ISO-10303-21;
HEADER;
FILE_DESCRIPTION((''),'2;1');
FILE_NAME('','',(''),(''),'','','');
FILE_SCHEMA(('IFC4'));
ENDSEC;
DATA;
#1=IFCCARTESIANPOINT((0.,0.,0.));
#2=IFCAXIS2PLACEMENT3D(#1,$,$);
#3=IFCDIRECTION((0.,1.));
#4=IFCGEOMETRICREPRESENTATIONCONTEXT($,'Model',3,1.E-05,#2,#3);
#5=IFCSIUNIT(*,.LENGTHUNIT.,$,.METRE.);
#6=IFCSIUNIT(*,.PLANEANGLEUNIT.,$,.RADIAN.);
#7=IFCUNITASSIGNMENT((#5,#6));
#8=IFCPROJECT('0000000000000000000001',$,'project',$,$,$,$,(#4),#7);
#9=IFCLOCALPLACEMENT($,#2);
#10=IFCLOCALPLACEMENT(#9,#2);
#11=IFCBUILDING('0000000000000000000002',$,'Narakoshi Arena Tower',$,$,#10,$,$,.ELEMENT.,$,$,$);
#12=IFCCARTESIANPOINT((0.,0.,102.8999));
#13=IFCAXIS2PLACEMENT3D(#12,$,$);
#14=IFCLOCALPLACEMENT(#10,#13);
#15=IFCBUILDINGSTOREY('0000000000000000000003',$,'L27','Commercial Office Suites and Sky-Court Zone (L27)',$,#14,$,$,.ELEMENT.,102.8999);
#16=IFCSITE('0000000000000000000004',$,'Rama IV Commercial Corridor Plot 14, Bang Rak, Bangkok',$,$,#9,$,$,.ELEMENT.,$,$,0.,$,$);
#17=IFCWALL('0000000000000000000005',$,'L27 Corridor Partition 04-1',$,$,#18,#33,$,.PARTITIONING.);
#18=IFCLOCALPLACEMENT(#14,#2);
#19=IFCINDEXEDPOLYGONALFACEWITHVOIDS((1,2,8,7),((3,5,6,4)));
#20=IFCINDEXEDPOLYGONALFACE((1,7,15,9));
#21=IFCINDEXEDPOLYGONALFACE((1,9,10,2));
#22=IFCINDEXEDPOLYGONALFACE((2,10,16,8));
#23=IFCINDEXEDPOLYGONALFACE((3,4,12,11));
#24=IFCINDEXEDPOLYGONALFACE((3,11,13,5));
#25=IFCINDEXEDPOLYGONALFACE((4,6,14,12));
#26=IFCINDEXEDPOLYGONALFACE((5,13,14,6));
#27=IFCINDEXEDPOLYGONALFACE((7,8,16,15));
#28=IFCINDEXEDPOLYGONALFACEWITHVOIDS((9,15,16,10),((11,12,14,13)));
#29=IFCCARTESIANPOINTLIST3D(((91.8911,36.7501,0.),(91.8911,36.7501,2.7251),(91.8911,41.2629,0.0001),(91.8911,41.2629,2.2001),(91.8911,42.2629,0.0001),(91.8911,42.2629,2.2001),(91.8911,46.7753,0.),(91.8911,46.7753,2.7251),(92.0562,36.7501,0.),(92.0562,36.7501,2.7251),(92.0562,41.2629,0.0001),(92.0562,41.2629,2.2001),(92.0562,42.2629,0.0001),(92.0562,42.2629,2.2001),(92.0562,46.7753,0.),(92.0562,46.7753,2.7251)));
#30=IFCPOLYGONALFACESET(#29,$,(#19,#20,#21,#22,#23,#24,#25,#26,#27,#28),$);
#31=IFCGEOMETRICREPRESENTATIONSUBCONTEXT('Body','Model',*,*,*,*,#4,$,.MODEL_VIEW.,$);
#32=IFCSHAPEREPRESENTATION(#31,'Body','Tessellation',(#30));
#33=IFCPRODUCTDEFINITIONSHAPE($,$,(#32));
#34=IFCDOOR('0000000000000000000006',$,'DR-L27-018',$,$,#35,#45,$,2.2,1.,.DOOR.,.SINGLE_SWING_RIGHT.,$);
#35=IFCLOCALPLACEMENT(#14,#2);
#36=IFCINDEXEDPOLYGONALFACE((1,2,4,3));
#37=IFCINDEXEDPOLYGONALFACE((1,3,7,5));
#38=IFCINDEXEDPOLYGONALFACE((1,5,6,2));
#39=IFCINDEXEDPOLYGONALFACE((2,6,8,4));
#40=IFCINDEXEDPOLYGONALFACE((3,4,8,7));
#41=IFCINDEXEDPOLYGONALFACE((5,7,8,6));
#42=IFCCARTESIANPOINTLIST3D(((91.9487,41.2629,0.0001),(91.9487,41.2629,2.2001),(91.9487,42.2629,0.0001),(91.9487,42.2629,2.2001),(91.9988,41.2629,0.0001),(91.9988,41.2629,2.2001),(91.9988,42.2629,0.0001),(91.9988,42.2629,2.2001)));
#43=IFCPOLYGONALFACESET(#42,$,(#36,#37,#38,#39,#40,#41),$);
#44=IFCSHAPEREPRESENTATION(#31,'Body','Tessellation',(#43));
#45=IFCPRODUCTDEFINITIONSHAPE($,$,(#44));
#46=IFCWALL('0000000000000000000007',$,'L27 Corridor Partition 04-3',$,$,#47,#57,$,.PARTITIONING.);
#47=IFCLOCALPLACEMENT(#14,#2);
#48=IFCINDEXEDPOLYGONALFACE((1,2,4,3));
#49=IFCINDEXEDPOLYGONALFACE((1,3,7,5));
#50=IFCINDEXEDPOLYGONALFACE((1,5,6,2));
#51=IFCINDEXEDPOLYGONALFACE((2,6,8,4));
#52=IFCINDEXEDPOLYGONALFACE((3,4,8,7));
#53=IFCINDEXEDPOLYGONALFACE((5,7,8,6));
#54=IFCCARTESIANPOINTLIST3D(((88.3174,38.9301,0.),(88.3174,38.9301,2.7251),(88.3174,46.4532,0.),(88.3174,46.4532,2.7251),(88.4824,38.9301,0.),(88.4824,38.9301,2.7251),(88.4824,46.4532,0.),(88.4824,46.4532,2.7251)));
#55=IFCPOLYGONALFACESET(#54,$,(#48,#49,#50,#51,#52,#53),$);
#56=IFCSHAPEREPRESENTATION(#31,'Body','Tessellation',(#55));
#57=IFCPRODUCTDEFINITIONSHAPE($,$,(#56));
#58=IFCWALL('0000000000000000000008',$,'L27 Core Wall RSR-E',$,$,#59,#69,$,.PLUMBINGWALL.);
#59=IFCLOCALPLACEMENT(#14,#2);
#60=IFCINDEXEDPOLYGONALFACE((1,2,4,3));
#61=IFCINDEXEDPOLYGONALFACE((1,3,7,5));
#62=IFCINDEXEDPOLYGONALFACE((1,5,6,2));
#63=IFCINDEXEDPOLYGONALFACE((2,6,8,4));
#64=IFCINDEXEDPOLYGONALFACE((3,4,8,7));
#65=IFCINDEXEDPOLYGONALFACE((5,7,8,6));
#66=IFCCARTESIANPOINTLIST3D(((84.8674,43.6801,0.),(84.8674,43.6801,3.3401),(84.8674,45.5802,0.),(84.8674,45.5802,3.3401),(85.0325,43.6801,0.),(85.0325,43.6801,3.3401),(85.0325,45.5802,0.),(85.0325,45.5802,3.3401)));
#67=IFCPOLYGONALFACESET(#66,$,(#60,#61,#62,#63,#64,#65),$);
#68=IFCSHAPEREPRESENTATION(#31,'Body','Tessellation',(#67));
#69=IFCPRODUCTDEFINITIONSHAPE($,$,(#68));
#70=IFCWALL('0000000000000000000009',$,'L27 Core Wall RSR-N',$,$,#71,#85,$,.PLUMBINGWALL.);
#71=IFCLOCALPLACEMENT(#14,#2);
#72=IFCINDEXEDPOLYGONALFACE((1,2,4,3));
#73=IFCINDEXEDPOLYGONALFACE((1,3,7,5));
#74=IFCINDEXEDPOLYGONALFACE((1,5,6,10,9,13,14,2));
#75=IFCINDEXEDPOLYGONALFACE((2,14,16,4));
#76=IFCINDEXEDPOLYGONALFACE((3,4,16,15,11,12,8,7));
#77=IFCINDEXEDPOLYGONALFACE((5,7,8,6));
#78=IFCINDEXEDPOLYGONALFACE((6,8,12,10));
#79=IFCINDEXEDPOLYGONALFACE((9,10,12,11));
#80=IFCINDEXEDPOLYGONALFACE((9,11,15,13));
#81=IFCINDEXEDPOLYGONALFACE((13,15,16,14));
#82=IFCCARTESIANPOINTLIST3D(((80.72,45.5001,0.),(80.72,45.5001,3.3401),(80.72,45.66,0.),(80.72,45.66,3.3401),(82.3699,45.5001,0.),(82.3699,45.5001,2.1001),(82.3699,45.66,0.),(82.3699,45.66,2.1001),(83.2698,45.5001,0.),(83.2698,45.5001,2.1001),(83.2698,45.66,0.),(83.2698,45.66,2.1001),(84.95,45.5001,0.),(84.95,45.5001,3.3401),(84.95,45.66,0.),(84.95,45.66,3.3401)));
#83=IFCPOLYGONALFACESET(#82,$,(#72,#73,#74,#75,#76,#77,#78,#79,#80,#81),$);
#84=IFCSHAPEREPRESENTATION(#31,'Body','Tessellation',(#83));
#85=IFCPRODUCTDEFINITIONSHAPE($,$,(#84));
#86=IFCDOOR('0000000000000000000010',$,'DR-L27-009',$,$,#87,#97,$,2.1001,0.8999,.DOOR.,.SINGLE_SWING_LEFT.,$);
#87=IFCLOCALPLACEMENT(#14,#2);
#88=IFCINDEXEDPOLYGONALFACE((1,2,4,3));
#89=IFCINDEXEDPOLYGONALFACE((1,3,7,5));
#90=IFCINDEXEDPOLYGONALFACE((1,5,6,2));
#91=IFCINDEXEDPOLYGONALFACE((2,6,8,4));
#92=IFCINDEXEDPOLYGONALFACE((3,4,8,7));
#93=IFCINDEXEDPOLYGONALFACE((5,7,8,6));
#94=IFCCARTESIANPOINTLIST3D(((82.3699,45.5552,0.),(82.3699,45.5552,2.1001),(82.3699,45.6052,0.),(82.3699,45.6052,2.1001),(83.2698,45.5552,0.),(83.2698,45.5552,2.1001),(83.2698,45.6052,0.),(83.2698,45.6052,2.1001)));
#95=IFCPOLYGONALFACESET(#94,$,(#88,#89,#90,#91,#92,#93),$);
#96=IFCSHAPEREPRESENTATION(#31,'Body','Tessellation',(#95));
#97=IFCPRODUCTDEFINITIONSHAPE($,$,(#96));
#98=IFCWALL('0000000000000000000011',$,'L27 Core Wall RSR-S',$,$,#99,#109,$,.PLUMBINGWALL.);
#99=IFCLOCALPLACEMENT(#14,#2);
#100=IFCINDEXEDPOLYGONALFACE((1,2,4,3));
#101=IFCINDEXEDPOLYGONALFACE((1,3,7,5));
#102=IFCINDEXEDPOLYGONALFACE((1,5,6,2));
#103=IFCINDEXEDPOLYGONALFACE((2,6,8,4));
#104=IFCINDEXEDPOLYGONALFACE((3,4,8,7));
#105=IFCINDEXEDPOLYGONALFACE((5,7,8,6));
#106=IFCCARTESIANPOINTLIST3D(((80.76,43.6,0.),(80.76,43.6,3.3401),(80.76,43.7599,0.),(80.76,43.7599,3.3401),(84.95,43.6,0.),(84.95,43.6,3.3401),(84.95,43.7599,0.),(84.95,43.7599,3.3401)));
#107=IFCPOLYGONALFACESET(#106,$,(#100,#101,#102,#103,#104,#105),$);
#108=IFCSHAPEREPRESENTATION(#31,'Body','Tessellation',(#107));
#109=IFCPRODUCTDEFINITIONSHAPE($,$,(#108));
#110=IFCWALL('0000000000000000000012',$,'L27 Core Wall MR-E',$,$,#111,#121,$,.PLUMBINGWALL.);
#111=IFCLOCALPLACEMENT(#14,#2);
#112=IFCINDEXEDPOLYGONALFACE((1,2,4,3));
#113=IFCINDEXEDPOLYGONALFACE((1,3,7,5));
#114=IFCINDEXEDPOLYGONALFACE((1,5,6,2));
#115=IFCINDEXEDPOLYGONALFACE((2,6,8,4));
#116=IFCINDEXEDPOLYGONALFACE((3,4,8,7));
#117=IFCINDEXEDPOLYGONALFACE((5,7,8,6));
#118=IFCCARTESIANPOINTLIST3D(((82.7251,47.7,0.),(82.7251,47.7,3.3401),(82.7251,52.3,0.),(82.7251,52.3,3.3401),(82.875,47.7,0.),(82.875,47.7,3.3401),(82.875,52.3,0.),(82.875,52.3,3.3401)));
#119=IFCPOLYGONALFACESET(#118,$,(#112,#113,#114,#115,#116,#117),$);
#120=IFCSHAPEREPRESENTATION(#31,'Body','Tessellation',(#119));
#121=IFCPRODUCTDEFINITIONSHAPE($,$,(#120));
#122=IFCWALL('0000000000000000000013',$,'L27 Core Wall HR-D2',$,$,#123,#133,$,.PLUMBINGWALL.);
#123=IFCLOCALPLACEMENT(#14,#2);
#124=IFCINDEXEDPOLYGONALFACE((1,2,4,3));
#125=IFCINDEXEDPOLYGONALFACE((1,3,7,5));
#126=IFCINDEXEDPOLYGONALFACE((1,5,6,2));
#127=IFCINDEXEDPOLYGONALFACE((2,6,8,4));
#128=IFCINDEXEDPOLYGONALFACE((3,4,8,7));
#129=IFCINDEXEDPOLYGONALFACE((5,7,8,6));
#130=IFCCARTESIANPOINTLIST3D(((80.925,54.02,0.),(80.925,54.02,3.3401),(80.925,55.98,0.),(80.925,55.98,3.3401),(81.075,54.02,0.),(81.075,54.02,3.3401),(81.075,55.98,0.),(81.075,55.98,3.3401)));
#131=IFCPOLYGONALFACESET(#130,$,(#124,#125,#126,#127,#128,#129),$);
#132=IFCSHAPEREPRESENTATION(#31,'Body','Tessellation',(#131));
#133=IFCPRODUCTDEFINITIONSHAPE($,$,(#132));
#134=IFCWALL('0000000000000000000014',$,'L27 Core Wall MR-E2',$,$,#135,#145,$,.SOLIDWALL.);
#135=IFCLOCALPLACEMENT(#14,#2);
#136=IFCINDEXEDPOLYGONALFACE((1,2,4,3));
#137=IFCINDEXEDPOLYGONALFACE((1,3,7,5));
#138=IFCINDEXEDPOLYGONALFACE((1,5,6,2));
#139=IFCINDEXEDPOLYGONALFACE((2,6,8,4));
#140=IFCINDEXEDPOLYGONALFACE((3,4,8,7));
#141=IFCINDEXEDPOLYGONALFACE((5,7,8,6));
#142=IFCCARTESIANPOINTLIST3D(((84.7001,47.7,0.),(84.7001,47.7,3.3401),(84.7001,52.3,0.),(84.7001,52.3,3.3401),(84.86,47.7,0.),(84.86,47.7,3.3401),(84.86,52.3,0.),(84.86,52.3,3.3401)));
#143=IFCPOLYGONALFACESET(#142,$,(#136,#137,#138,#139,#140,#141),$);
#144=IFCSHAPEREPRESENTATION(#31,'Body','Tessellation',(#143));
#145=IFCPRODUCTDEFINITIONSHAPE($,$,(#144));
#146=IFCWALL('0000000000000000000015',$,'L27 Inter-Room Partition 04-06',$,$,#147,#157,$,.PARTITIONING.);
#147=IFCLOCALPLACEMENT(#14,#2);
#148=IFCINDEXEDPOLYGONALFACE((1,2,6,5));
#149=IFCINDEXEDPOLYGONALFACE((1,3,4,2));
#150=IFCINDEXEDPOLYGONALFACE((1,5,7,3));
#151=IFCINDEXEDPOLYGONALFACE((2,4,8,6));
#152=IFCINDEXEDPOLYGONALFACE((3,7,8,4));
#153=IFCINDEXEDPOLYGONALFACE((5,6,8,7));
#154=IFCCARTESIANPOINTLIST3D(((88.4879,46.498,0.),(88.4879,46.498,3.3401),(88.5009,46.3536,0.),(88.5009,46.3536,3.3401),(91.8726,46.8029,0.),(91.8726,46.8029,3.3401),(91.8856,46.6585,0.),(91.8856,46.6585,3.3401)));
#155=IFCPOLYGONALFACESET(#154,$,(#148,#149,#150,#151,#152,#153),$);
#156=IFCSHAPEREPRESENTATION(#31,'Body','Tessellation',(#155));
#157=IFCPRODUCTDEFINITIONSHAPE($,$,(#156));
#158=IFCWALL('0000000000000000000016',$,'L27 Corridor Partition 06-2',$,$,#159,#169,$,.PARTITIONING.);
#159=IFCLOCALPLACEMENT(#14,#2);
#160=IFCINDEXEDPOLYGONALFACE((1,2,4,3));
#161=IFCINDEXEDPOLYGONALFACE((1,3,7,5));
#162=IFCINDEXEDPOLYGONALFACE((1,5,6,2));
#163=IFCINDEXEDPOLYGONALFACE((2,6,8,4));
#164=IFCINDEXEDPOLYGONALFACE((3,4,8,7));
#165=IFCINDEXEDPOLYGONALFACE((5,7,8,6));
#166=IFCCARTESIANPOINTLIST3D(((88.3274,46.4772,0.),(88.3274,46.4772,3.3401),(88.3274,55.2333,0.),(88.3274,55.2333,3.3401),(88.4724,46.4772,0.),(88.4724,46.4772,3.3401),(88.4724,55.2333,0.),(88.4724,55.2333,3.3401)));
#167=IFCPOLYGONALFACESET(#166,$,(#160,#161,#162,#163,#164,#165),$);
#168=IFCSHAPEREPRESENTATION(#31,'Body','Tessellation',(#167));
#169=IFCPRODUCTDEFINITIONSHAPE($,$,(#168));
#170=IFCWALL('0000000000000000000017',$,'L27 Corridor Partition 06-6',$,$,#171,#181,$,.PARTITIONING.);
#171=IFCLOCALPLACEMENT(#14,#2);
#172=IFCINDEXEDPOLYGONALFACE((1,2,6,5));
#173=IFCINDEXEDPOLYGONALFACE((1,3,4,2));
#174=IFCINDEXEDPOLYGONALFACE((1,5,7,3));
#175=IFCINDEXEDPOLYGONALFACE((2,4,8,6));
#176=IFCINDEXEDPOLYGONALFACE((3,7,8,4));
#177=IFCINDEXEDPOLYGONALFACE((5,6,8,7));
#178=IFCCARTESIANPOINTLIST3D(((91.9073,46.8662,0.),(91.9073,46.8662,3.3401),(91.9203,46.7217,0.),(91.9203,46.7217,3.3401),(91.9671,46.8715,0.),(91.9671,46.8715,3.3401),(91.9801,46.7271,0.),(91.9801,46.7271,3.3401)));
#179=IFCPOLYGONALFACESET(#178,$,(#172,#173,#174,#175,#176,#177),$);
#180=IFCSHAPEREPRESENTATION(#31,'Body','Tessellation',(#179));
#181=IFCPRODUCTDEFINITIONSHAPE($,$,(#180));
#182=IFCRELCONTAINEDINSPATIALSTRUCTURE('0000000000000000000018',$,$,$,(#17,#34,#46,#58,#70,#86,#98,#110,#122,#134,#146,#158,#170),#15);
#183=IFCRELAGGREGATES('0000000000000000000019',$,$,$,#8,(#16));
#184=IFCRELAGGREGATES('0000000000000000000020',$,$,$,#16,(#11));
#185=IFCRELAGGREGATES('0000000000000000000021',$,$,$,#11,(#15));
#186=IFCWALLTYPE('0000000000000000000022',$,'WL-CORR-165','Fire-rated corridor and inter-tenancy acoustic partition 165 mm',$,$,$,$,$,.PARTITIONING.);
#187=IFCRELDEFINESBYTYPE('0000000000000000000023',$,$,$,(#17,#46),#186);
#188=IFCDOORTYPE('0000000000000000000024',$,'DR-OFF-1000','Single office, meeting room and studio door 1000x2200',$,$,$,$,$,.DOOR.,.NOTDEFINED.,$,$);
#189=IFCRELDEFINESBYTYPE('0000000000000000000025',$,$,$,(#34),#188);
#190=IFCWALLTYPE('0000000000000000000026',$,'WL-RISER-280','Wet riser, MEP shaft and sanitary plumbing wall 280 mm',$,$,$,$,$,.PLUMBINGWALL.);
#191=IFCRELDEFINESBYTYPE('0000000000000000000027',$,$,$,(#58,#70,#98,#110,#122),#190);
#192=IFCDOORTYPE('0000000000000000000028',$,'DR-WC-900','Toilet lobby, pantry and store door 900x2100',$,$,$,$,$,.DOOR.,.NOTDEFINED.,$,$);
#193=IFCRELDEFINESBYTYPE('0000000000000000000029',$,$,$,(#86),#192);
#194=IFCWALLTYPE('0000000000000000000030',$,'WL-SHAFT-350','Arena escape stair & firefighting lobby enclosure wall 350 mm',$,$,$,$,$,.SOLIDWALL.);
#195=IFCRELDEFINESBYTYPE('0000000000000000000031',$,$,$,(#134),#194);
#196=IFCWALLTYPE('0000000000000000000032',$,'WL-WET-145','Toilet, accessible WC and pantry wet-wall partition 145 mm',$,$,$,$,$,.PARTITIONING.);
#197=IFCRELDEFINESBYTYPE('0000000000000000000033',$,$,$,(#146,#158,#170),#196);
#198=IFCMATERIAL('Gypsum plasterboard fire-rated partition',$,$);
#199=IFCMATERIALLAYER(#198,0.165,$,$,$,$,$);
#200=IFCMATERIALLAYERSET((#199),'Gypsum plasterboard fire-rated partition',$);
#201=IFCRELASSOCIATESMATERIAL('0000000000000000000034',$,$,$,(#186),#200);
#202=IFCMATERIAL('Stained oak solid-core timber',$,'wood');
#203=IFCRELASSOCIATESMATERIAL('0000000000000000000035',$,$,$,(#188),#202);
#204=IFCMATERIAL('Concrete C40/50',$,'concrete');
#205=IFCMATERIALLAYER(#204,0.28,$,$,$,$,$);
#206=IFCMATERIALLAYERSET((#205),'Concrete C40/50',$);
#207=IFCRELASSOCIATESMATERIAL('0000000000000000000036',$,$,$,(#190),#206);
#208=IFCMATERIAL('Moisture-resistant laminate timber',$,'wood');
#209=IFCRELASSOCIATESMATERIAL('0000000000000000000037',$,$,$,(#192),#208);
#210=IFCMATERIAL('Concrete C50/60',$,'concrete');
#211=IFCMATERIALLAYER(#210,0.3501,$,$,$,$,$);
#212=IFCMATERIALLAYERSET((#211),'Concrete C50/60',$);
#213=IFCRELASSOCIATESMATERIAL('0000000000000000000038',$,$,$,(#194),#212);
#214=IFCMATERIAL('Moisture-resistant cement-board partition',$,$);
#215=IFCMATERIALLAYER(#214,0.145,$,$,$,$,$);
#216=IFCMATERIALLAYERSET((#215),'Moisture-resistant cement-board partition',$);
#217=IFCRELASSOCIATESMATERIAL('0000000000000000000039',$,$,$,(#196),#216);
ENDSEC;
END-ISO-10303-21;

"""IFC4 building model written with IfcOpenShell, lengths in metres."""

from ifc_helpers import new_model, si_unit, direction, frame, frame_2d, origin, place, context, subcontext, project, spatial, rectangle, extrude, material, layer, layer_set, type_object, element, fill, save


model = new_model("IFC4")

# Units and contexts
model_context = context("Model", 3, precision=1e-05, world=origin(), true_north=direction((0.0, 1.0)))
body_context = subcontext(model_context, "Body", "Model", "MODEL_VIEW")
ifc_project = project(units=[si_unit("LENGTHUNIT", "METRE"), si_unit("PLANEANGLEUNIT", "RADIAN")], contexts=[model_context])

# Site, building, storey
site_placement = place(None, origin())
site = spatial("IfcSite", under=ifc_project, at=site_placement, Name="Rama IV Commercial Corridor Plot 14, Bang Rak, Bangkok", CompositionType="ELEMENT", RefElevation=0.0)
building_placement = place(site_placement, origin())
building = spatial("IfcBuilding", under=site, at=building_placement, Name="Narakoshi Arena Tower", CompositionType="ELEMENT")
storey_placement = place(building_placement, frame((0.0, 0.0, 102.8999)))
storey = spatial("IfcBuildingStorey", under=building, at=storey_placement, Name="L27", Description="Commercial Office Suites and Sky-Court Zone (L27)", CompositionType="ELEMENT", Elevation=102.8999)

# Wall, opening, door
ifc_material_1 = material(Name="Gypsum plasterboard fire-rated partition")
ifc_layer_1 = layer(ifc_material_1, 0.165)
ifc_layer_set_1 = layer_set([ifc_layer_1], Name="Gypsum plasterboard fire-rated partition")
wall_type_1 = type_object("IfcWallType", Name="WL-CORR-165", Description="Fire-rated corridor and inter-tenancy acoustic partition 165 mm", PredefinedType="PARTITIONING", material=ifc_layer_set_1)
ifc_material_2 = material(Name="Stained oak solid-core timber", Category="wood")
door_type_1 = type_object("IfcDoorType", Name="DR-OFF-1000", Description="Single office, meeting room and studio door 1000x2200", OperationType="NOTDEFINED", PredefinedType="DOOR", material=ifc_material_2)
wall_1_placement = place(storey_placement, frame((91.9736, 46.7754, 0.0), z_axis=(0.0, 0.0, 1.0), x_axis=(0.0, -1.0, 0.0)))
wall_1 = element("IfcWall", 1, at=wall_1_placement, inside=storey, type_object=wall_type_1, Name="L27 Corridor Partition 04-1", PredefinedType="PARTITIONING", context=body_context, shape_type="SweptSolid", body=[
    extrude(rectangle(XDim=10.0251, YDim=0.165, at=frame_2d((5.0127, 0.0))), origin(), (0.0, 0.0, 1.0), 2.7251),
])
opening_1_placement = place(wall_1_placement, frame((4.5125, 0.0, 0.0)))
opening_1 = element("IfcOpeningElement", 2, at=opening_1_placement, cuts=wall_1, PredefinedType="OPENING", context=body_context, shape_type="SweptSolid", body=[
    extrude(rectangle(XDim=1.0, YDim=2.2, at=frame_2d((0.5, 1.1001))), frame((0.0, 0.0925, 0.0), z_axis=(0.0, -1.0, 0.0), x_axis=(1.0, 0.0, 0.0)), (0.0, 0.0, 1.0), 0.1851),
])
door_1_placement = place(opening_1_placement, frame((1.0, 0.0, 0.0), z_axis=(0.0, 0.0, 1.0), x_axis=(-1.0, 0.0, 0.0)))
door_1 = element("IfcDoor", 3, at=door_1_placement, inside=storey, type_object=door_type_1, Name="DR-L27-018", OperationType="SINGLE_SWING_RIGHT", OverallHeight=2.2, OverallWidth=1.0, PredefinedType="DOOR", context=body_context, shape_type="SweptSolid", body=[
    extrude(rectangle(XDim=1.0, YDim=2.2, at=frame_2d((0.5, 1.1001))), frame((0.0, 0.0249, 0.0), z_axis=(0.0, -1.0, 0.0), x_axis=(1.0, 0.0, 0.0)), (0.0, 0.0, 1.0), 0.05),
])
fill(opening_1, door_1)

# Walls
wall_2_placement = place(storey_placement, frame((88.3999, 38.9299, 0.0), z_axis=(0.0, 0.0, 1.0), x_axis=(0.0, 1.0, 0.0)))
element("IfcWall", 4, at=wall_2_placement, inside=storey, type_object=wall_type_1, Name="L27 Corridor Partition 04-3", PredefinedType="PARTITIONING", context=body_context, shape_type="SweptSolid", body=[
    extrude(rectangle(XDim=7.5232, YDim=0.165, at=frame_2d((3.7617, 0.0))), origin(), (0.0, 0.0, 1.0), 2.7251),
])
ifc_material_3 = material(Name="Concrete C40/50", Category="concrete")
ifc_layer_2 = layer(ifc_material_3, 0.28)
ifc_layer_set_2 = layer_set([ifc_layer_2], Name="Concrete C40/50")
wall_type_2 = type_object("IfcWallType", Name="WL-RISER-280", Description="Wet riser, MEP shaft and sanitary plumbing wall 280 mm", PredefinedType="PLUMBINGWALL", material=ifc_layer_set_2)
wall_3_placement = place(storey_placement, frame((84.95, 43.6799, 0.0), z_axis=(0.0, 0.0, 1.0), x_axis=(0.0, 1.0, 0.0)))
element("IfcWall", 5, at=wall_3_placement, inside=storey, type_object=wall_type_2, Name="L27 Core Wall RSR-E", PredefinedType="PLUMBINGWALL", context=body_context, shape_type="SweptSolid", body=[
    extrude(rectangle(XDim=1.9001, YDim=0.165, at=frame_2d((0.9502, 0.0))), origin(), (0.0, 0.0, 1.0), 3.3401),
])

# Wall, opening, door
wall_4_placement = place(storey_placement, frame((80.72, 45.5801, 0.0), z_axis=(0.0, 0.0, 1.0), x_axis=(1.0, 0.0, 0.0)))
wall_4 = element("IfcWall", 6, at=wall_4_placement, inside=storey, type_object=wall_type_2, Name="L27 Core Wall RSR-N", PredefinedType="PLUMBINGWALL", context=body_context, shape_type="SweptSolid", body=[
    extrude(rectangle(XDim=4.23, YDim=0.1599, at=frame_2d((2.115, 0.0))), origin(), (0.0, 0.0, 1.0), 3.3401),
])
opening_2_placement = place(wall_4_placement, frame((1.6499, 0.0, 0.0)))
opening_2 = element("IfcOpeningElement", 7, at=opening_2_placement, cuts=wall_4, PredefinedType="OPENING", context=body_context, shape_type="SweptSolid", body=[
    extrude(rectangle(XDim=0.8999, YDim=2.1001, at=frame_2d((0.45, 1.05))), frame((0.0, 0.0898, 0.0), z_axis=(0.0, -1.0, 0.0), x_axis=(1.0, 0.0, 0.0)), (0.0, 0.0, 1.0), 0.1799),
])
ifc_material_4 = material(Name="Moisture-resistant laminate timber", Category="wood")
door_type_2 = type_object("IfcDoorType", Name="DR-WC-900", Description="Toilet lobby, pantry and store door 900x2100", OperationType="NOTDEFINED", PredefinedType="DOOR", material=ifc_material_4)
door_2_placement = place(opening_2_placement, frame((0.8999, 0.0, 0.0), z_axis=(0.0, 0.0, 1.0), x_axis=(-1.0, 0.0, 0.0)))
door_2 = element("IfcDoor", 8, at=door_2_placement, inside=storey, type_object=door_type_2, Name="DR-L27-009", OperationType="SINGLE_SWING_LEFT", OverallHeight=2.1001, OverallWidth=0.8999, PredefinedType="DOOR", context=body_context, shape_type="SweptSolid", body=[
    extrude(rectangle(XDim=0.8999, YDim=2.1001, at=frame_2d((0.45, 1.05))), frame((0.0, 0.0249, 0.0), z_axis=(0.0, -1.0, 0.0), x_axis=(1.0, 0.0, 0.0)), (0.0, 0.0, 1.0), 0.05),
])
fill(opening_2, door_2)

# Walls
wall_5_placement = place(storey_placement, frame((80.76, 43.6799, 0.0), z_axis=(0.0, 0.0, 1.0), x_axis=(1.0, 0.0, 0.0)))
element("IfcWall", 9, at=wall_5_placement, inside=storey, type_object=wall_type_2, Name="L27 Core Wall RSR-S", PredefinedType="PLUMBINGWALL", context=body_context, shape_type="SweptSolid", body=[
    extrude(rectangle(XDim=4.1899, YDim=0.1599, at=frame_2d((2.095, 0.0))), origin(), (0.0, 0.0, 1.0), 3.3401),
])
wall_6_placement = place(storey_placement, frame((82.8, 47.7, 0.0), z_axis=(0.0, 0.0, 1.0), x_axis=(0.0, 1.0, 0.0)))
element("IfcWall", 10, at=wall_6_placement, inside=storey, type_object=wall_type_2, Name="L27 Core Wall MR-E", PredefinedType="PLUMBINGWALL", context=body_context, shape_type="SweptSolid", body=[
    extrude(rectangle(XDim=4.6001, YDim=0.1499, at=frame_2d((2.3, 0.0))), origin(), (0.0, 0.0, 1.0), 3.3401),
])
wall_7_placement = place(storey_placement, frame((81.0, 54.02, 0.0), z_axis=(0.0, 0.0, 1.0), x_axis=(0.0, 1.0, 0.0)))
element("IfcWall", 11, at=wall_7_placement, inside=storey, type_object=wall_type_2, Name="L27 Core Wall HR-D2", PredefinedType="PLUMBINGWALL", context=body_context, shape_type="SweptSolid", body=[
    extrude(rectangle(XDim=1.96, YDim=0.1499, at=frame_2d((0.98, 0.0))), origin(), (0.0, 0.0, 1.0), 3.3401),
])
ifc_material_5 = material(Name="Concrete C50/60", Category="concrete")
ifc_layer_3 = layer(ifc_material_5, 0.3501)
ifc_layer_set_3 = layer_set([ifc_layer_3], Name="Concrete C50/60")
wall_type_3 = type_object("IfcWallType", Name="WL-SHAFT-350", Description="Arena escape stair & firefighting lobby enclosure wall 350 mm", PredefinedType="SOLIDWALL", material=ifc_layer_set_3)
wall_8_placement = place(storey_placement, frame((84.78, 47.7, 0.0), z_axis=(0.0, 0.0, 1.0), x_axis=(0.0, 1.0, 0.0)))
element("IfcWall", 12, at=wall_8_placement, inside=storey, type_object=wall_type_3, Name="L27 Core Wall MR-E2", PredefinedType="SOLIDWALL", context=body_context, shape_type="SweptSolid", body=[
    extrude(rectangle(XDim=4.6001, YDim=0.1599, at=frame_2d((2.3, 0.0))), origin(), (0.0, 0.0, 1.0), 3.3401),
])
ifc_material_6 = material(Name="Moisture-resistant cement-board partition")
ifc_layer_4 = layer(ifc_material_6, 0.145)
ifc_layer_set_4 = layer_set([ifc_layer_4], Name="Moisture-resistant cement-board partition")
wall_type_4 = type_object("IfcWallType", Name="WL-WET-145", Description="Toilet, accessible WC and pantry wet-wall partition 145 mm", PredefinedType="PARTITIONING", material=ifc_layer_set_4)
wall_9_placement = place(storey_placement, frame((88.4944, 46.4258, 0.0), z_axis=(0.0, 0.0, 1.0), x_axis=(0.995966, 0.089726, 0.0)))
element("IfcWall", 13, at=wall_9_placement, inside=storey, type_object=wall_type_4, Name="L27 Inter-Room Partition 04-06", PredefinedType="PARTITIONING", context=body_context, shape_type="SweptSolid", body=[
    extrude(rectangle(XDim=3.3984, YDim=0.145, at=frame_2d((1.6992, 0.0))), origin(), (0.0, 0.0, 1.0), 3.3401),
])
wall_10_placement = place(storey_placement, frame((88.3999, 46.4773, 0.0), z_axis=(0.0, 0.0, 1.0), x_axis=(0.0, 1.0, 0.0)))
element("IfcWall", 14, at=wall_10_placement, inside=storey, type_object=wall_type_4, Name="L27 Corridor Partition 06-2", PredefinedType="PARTITIONING", context=body_context, shape_type="SweptSolid", body=[
    extrude(rectangle(XDim=8.7561, YDim=0.145, at=frame_2d((4.3779, 0.0))), origin(), (0.0, 0.0, 1.0), 3.3401),
])
wall_11_placement = place(storey_placement, frame((91.9736, 46.7993, 0.0), z_axis=(0.0, 0.0, 1.0), x_axis=(-0.995993, -0.089436, 0.0)))
element("IfcWall", 15, at=wall_11_placement, inside=storey, type_object=wall_type_4, Name="L27 Corridor Partition 06-6", PredefinedType="PARTITIONING", context=body_context, shape_type="SweptSolid", body=[
    extrude(rectangle(XDim=0.0601, YDim=0.145, at=frame_2d((0.03, 0.0))), origin(), (0.0, 0.0, 1.0), 3.3401),
])

save(model, "model.ifc")
